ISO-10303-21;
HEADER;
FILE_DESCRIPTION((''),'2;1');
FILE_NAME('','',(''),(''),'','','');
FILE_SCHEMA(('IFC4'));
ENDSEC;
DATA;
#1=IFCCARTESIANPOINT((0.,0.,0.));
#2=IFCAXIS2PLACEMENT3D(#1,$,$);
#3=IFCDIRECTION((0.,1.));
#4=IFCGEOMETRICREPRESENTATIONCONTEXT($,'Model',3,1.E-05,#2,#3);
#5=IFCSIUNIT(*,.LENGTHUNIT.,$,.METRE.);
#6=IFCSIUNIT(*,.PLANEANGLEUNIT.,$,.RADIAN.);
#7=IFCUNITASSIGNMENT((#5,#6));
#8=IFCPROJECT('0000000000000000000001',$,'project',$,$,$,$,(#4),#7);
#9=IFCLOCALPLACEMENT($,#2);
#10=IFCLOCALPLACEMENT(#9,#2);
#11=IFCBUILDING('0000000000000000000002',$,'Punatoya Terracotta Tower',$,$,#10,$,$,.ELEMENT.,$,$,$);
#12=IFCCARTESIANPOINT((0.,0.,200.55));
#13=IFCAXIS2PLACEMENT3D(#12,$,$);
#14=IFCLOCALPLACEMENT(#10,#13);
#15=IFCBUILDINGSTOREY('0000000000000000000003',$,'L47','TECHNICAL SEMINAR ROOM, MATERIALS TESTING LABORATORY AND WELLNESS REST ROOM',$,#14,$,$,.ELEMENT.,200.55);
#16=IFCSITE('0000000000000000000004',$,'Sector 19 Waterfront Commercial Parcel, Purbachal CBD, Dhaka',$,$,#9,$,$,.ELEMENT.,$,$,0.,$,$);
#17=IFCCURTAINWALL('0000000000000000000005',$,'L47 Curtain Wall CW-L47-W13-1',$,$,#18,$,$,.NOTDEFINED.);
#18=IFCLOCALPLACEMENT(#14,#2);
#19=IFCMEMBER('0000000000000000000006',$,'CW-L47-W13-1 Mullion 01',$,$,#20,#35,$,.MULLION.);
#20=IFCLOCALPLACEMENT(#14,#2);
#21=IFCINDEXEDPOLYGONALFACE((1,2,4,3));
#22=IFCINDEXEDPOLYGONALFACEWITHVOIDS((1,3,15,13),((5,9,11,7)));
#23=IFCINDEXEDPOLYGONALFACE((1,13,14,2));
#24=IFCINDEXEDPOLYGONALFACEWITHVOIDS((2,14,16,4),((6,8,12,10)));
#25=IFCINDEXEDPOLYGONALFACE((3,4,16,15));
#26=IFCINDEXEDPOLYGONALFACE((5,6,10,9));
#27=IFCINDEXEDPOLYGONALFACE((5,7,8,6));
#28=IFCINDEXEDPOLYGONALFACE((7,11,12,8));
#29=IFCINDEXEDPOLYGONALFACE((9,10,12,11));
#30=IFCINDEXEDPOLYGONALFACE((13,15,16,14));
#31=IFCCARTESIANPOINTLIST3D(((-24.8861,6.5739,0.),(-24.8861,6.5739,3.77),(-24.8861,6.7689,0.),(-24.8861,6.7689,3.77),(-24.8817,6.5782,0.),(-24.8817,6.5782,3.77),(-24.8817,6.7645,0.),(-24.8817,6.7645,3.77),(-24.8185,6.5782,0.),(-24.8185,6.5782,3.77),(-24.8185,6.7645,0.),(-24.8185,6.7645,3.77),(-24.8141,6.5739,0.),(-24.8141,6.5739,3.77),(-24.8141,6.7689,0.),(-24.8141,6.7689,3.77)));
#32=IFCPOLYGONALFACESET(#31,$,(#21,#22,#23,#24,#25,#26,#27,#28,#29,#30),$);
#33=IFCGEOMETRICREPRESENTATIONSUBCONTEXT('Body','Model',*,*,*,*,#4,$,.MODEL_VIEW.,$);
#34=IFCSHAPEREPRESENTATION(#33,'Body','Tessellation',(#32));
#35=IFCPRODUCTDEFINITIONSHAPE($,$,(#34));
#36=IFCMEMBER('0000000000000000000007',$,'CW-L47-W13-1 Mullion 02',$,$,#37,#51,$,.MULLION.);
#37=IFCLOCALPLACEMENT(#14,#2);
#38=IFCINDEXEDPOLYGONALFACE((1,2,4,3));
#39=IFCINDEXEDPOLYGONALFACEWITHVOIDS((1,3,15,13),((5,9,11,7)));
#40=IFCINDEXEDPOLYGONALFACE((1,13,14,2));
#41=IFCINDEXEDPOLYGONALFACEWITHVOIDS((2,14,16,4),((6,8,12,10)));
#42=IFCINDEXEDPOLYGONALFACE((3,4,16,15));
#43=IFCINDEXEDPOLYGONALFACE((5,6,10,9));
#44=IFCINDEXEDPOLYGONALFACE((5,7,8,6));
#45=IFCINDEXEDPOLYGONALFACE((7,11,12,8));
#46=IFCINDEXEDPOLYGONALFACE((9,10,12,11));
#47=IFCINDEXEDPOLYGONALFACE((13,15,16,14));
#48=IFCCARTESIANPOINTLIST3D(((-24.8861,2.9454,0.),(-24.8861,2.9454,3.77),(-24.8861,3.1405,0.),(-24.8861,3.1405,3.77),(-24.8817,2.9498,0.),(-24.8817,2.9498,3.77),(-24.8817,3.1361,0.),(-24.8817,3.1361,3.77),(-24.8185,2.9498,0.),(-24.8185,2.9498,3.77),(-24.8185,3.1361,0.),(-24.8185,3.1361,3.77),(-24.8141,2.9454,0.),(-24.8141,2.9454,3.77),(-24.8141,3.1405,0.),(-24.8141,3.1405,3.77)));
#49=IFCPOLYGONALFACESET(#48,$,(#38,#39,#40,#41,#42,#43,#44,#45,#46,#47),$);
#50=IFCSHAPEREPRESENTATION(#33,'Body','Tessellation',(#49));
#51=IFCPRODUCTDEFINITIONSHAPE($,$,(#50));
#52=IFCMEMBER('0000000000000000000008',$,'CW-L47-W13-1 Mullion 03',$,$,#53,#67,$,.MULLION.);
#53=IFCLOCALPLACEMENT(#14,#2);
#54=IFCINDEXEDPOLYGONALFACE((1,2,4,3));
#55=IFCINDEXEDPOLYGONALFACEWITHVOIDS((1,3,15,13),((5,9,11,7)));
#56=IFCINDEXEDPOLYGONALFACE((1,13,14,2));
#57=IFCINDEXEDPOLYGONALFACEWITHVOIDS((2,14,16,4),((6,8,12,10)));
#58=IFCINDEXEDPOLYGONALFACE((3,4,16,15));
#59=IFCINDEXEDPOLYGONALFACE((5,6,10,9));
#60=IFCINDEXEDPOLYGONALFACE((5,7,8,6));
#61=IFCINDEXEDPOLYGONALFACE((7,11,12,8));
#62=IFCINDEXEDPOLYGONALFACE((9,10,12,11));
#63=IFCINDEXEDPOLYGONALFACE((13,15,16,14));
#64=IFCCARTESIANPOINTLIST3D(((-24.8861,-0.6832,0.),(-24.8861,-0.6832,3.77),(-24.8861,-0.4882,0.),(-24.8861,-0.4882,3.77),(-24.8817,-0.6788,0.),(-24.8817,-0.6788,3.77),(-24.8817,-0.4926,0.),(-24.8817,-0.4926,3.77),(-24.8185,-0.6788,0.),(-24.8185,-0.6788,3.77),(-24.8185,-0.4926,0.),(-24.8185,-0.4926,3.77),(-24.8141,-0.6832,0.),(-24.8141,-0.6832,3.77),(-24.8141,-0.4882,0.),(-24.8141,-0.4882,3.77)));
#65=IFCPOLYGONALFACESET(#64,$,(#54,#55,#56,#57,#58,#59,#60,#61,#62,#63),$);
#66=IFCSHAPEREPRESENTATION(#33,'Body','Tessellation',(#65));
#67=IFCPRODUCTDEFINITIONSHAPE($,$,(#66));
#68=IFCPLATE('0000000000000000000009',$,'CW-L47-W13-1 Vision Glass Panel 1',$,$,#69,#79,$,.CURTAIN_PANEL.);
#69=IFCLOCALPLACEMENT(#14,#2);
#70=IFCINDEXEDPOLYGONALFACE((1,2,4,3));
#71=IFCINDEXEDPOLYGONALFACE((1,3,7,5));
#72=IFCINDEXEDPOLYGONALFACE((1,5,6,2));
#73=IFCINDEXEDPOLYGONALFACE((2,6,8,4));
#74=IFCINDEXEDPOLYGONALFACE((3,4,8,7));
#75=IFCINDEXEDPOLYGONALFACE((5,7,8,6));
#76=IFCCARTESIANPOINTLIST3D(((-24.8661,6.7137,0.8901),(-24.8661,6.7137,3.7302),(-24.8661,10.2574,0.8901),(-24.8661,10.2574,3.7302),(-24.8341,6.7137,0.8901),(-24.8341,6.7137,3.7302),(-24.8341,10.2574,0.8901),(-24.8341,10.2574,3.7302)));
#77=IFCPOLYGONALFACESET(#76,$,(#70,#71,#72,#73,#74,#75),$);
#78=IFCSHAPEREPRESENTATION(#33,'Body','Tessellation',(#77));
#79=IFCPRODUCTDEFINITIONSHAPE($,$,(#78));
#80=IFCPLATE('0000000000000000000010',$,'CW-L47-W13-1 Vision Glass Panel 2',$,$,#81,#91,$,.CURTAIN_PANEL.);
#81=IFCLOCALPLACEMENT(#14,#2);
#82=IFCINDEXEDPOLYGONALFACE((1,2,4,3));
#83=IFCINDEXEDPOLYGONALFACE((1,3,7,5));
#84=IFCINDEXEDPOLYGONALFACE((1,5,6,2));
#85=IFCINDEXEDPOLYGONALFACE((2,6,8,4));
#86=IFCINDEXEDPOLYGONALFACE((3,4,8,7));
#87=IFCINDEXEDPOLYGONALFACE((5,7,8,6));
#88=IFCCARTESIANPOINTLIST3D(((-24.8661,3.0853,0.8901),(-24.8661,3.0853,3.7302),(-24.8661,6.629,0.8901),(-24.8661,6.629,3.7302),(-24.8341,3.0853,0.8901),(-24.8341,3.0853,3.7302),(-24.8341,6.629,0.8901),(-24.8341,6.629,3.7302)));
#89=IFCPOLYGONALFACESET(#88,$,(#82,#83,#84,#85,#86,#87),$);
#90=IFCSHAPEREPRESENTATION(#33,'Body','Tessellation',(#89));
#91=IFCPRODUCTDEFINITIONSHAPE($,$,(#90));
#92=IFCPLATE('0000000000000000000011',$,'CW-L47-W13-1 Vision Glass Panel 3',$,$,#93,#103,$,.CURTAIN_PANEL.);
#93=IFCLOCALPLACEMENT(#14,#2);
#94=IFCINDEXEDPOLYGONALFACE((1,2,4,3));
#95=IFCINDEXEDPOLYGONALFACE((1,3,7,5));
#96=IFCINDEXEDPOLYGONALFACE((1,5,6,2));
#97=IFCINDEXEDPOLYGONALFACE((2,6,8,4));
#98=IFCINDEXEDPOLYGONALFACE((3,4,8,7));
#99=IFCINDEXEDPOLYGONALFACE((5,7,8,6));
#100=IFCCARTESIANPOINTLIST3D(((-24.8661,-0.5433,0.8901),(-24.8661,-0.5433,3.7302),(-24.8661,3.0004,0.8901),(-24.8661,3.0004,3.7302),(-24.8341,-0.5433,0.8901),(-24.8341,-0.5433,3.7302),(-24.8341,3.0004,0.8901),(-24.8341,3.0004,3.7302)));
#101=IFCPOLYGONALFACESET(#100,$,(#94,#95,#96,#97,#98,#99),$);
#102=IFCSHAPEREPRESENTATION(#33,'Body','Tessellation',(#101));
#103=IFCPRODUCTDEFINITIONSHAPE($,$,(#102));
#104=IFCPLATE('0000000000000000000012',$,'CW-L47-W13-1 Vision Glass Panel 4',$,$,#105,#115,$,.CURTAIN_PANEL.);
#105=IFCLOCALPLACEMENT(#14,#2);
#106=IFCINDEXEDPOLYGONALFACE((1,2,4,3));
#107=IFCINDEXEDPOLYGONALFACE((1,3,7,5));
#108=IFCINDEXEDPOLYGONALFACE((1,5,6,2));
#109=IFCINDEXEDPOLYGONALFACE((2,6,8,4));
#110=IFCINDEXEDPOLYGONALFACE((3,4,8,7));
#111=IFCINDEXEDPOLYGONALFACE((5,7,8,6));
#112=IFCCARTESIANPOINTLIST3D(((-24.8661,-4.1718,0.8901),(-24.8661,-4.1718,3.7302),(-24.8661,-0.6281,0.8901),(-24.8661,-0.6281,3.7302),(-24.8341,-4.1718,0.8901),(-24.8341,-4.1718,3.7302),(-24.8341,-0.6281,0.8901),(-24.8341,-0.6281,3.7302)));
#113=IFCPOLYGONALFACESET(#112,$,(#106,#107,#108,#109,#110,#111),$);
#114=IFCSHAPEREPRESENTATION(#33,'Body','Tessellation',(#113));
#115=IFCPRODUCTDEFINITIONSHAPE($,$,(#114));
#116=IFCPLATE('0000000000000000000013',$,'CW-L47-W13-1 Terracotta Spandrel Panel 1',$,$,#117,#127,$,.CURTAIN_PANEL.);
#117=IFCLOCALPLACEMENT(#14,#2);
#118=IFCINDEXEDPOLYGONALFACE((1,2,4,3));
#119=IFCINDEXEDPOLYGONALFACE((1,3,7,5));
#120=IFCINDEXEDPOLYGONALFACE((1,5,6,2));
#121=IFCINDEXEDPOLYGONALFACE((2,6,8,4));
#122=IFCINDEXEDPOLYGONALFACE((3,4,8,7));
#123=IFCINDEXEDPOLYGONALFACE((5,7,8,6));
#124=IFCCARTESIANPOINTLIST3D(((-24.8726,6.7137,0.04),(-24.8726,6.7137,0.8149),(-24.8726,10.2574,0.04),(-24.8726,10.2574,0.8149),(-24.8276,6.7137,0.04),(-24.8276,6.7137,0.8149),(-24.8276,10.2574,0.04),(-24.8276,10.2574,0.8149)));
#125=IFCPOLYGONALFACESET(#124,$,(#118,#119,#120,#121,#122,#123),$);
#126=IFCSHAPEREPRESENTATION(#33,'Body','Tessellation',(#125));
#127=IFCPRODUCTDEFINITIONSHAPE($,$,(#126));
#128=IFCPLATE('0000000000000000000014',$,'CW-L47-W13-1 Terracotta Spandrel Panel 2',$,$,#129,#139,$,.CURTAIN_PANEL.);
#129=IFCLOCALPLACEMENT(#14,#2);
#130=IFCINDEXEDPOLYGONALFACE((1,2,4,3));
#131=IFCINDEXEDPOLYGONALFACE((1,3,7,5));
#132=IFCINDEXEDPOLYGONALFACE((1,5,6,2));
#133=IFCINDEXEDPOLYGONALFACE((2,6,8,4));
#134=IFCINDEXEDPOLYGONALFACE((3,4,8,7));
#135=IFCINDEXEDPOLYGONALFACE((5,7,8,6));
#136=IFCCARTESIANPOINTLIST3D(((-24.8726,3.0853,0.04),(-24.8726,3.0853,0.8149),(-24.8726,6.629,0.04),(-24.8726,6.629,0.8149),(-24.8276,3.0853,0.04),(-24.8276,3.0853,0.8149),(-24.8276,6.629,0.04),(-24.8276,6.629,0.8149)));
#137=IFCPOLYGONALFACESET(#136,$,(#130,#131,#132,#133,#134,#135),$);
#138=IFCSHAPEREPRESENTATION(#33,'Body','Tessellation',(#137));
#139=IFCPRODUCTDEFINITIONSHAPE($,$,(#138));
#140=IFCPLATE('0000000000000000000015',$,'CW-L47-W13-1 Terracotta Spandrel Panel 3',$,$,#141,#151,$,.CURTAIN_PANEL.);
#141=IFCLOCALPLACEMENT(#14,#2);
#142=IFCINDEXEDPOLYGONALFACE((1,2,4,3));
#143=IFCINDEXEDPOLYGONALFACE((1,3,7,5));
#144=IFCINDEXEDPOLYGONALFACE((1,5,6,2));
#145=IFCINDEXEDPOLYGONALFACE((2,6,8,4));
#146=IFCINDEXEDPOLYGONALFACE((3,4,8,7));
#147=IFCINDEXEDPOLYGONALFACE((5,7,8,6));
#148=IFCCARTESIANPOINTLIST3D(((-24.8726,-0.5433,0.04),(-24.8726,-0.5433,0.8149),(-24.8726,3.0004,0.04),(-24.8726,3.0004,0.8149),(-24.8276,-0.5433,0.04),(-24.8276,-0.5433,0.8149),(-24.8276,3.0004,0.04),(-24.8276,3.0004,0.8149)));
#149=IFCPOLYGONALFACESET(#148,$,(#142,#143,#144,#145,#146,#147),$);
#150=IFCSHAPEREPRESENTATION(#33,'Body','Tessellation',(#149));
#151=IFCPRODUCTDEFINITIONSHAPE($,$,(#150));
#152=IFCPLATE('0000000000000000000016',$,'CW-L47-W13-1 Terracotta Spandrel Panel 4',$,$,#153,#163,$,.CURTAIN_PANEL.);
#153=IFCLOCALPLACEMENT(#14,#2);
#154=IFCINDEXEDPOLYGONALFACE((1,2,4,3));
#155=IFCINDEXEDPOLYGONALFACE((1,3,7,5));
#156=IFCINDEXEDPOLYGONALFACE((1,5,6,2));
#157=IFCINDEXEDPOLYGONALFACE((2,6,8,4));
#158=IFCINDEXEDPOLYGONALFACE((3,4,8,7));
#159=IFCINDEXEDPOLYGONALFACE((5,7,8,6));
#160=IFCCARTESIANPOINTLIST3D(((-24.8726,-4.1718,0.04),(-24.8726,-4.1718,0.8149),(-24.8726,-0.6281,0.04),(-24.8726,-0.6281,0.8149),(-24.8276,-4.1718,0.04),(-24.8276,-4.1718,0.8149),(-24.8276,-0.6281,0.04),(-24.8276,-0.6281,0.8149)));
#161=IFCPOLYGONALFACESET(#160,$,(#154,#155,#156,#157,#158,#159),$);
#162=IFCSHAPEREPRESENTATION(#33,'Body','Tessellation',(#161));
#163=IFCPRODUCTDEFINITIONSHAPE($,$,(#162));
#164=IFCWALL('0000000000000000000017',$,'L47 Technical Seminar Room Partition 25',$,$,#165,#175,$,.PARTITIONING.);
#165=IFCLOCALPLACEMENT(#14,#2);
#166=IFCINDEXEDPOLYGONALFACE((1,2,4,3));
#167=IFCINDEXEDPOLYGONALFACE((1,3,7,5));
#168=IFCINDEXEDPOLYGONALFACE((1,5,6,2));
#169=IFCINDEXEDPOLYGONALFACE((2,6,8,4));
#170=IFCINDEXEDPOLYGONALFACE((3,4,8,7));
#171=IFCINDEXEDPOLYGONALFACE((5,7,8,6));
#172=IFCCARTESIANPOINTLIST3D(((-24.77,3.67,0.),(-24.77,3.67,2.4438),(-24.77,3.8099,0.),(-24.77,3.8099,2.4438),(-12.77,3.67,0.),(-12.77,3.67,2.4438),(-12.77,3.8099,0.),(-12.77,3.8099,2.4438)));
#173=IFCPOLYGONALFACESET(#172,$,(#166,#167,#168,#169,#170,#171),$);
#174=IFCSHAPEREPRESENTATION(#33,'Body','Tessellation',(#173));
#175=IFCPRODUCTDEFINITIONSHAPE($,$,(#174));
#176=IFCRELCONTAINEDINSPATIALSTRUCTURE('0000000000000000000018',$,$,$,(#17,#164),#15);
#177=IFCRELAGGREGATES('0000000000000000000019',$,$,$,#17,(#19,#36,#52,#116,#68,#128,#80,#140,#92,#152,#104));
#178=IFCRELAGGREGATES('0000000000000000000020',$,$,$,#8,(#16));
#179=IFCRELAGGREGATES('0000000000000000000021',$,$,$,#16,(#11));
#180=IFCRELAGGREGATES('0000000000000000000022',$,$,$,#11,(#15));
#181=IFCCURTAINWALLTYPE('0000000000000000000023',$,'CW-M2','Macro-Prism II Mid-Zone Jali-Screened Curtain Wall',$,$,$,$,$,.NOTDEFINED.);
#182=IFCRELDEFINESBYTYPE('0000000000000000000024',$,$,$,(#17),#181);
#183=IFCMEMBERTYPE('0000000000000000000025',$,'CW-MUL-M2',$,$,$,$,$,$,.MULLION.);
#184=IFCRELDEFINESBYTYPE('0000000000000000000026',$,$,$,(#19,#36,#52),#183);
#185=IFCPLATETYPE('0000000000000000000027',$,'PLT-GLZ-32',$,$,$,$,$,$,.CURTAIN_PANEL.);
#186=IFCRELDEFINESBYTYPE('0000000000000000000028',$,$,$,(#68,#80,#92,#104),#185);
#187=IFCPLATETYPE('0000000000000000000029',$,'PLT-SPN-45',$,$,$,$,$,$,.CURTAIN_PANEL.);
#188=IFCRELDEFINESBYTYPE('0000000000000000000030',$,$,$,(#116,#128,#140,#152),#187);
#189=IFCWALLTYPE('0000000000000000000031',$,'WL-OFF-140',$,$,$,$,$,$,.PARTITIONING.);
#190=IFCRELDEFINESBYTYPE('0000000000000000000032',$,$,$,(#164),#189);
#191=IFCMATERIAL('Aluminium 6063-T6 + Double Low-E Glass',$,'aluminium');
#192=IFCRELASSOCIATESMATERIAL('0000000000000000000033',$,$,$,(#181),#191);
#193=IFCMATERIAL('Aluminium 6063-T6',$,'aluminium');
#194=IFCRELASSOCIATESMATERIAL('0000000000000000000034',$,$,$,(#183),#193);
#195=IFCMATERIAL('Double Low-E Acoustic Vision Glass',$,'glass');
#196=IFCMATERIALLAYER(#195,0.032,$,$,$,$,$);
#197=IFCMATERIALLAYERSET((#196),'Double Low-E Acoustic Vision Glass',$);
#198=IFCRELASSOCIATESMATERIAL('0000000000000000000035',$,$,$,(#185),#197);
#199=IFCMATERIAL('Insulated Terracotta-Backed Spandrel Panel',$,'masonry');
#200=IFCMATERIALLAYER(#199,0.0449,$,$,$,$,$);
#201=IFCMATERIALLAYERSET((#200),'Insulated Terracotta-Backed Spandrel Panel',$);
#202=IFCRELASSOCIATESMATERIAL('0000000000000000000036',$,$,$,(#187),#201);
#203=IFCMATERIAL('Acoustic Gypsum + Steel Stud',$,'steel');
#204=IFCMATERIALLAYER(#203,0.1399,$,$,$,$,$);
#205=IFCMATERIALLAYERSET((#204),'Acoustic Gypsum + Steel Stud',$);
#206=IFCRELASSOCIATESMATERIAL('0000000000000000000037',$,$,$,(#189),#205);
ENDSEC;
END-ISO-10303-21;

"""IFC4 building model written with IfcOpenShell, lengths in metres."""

from ifc_helpers import new_model, si_unit, direction, frame, frame_2d, origin, origin_2d, place, context, subcontext, project, spatial, rectangle, hollow_rectangle, extrude, material, layer, layer_set, material_profile, profile_set, type_object, element, aggregate, save


model = new_model("IFC4")

# Units and contexts
model_context = context("Model", 3, precision=1e-05, world=origin(), true_north=direction((0.0, 1.0)))
body_context = subcontext(model_context, "Body", "Model", "MODEL_VIEW")
ifc_project = project(units=[si_unit("LENGTHUNIT", "METRE"), si_unit("PLANEANGLEUNIT", "RADIAN")], contexts=[model_context])

# Site, building, storey
site_placement = place(None, origin())
site = spatial("IfcSite", under=ifc_project, at=site_placement, Name="Sector 19 Waterfront Commercial Parcel, Purbachal CBD, Dhaka", CompositionType="ELEMENT", RefElevation=0.0)
building_placement = place(site_placement, origin())
building = spatial("IfcBuilding", under=site, at=building_placement, Name="Punatoya Terracotta Tower", CompositionType="ELEMENT")
storey_placement = place(building_placement, frame((0.0, 0.0, 200.55)))
storey = spatial("IfcBuildingStorey", under=building, at=storey_placement, Name="L47", Description="TECHNICAL SEMINAR ROOM, MATERIALS TESTING LABORATORY AND WELLNESS REST ROOM", CompositionType="ELEMENT", Elevation=200.55)

# Curtain wall, members, plates
ifc_material_1 = material(Name="Aluminium 6063-T6 + Double Low-E Glass", Category="aluminium")
curtain_wall_type = type_object("IfcCurtainWallType", Name="CW-M2", Description="Macro-Prism II Mid-Zone Jali-Screened Curtain Wall", PredefinedType="NOTDEFINED", material=ifc_material_1)
curtain_wall_placement = place(storey_placement, origin())
curtain_wall = element("IfcCurtainWall", 1, at=curtain_wall_placement, inside=storey, type_object=curtain_wall_type, Name="L47 Curtain Wall CW-L47-W13-1", PredefinedType="NOTDEFINED")
ifc_material_2 = material(Name="Aluminium 6063-T6", Category="aluminium")
ifc_material_profile_1 = material_profile(ifc_material_2, hollow_rectangle(XDim=0.072, YDim=0.1951, WallThickness=0.0044, at=origin_2d()))
ifc_profile_set_1 = profile_set([ifc_material_profile_1], Name="Aluminium 6063-T6")
member_type = type_object("IfcMemberType", Name="CW-MUL-M2", PredefinedType="MULLION", material=ifc_profile_set_1)
member_1_placement = place(storey_placement, frame((-24.8501, 6.6714, 0.0), z_axis=(0.0, 0.0, 1.0), x_axis=(1.0, 0.0, 0.0)))
member_1 = element("IfcMember", 2, at=member_1_placement, type_object=member_type, Name="CW-L47-W13-1 Mullion 01", PredefinedType="MULLION", context=body_context, shape_type="SweptSolid", body=[
    extrude(hollow_rectangle(XDim=0.072, YDim=0.1951, WallThickness=0.0044, at=origin_2d()), origin(), (0.0, 0.0, 1.0), 3.77),
])
member_2_placement = place(storey_placement, frame((-24.8501, 3.043, 0.0), z_axis=(0.0, 0.0, 1.0), x_axis=(1.0, 0.0, 0.0)))
member_2 = element("IfcMember", 3, at=member_2_placement, type_object=member_type, Name="CW-L47-W13-1 Mullion 02", PredefinedType="MULLION", context=body_context, shape_type="SweptSolid", body=[
    extrude(hollow_rectangle(XDim=0.072, YDim=0.1951, WallThickness=0.0044, at=origin_2d()), origin(), (0.0, 0.0, 1.0), 3.77),
])
member_3_placement = place(storey_placement, frame((-24.8501, -0.5857, 0.0), z_axis=(0.0, 0.0, 1.0), x_axis=(1.0, 0.0, 0.0)))
member_3 = element("IfcMember", 4, at=member_3_placement, type_object=member_type, Name="CW-L47-W13-1 Mullion 03", PredefinedType="MULLION", context=body_context, shape_type="SweptSolid", body=[
    extrude(hollow_rectangle(XDim=0.072, YDim=0.1951, WallThickness=0.0044, at=origin_2d()), origin(), (0.0, 0.0, 1.0), 3.77),
])
ifc_material_3 = material(Name="Double Low-E Acoustic Vision Glass", Category="glass")
ifc_layer_1 = layer(ifc_material_3, 0.032)
ifc_layer_set_1 = layer_set([ifc_layer_1], Name="Double Low-E Acoustic Vision Glass")
plate_type_1 = type_object("IfcPlateType", Name="PLT-GLZ-32", PredefinedType="CURTAIN_PANEL", material=ifc_layer_set_1)
plate_1_placement = place(storey_placement, frame((-24.8501, 8.4856, 0.8901), z_axis=(0.0, 0.0, 1.0), x_axis=(0.0, -1.0, 0.0)))
plate_1 = element("IfcPlate", 5, at=plate_1_placement, type_object=plate_type_1, Name="CW-L47-W13-1 Vision Glass Panel 1", PredefinedType="CURTAIN_PANEL", context=body_context, shape_type="SweptSolid", body=[
    extrude(rectangle(XDim=3.5437, YDim=0.032, at=origin_2d()), origin(), (0.0, 0.0, 1.0), 2.8401),
])
plate_2_placement = place(storey_placement, frame((-24.8501, 4.8572, 0.8901), z_axis=(0.0, 0.0, 1.0), x_axis=(0.0, -1.0, 0.0)))
plate_2 = element("IfcPlate", 6, at=plate_2_placement, type_object=plate_type_1, Name="CW-L47-W13-1 Vision Glass Panel 2", PredefinedType="CURTAIN_PANEL", context=body_context, shape_type="SweptSolid", body=[
    extrude(rectangle(XDim=3.5437, YDim=0.032, at=origin_2d()), origin(), (0.0, 0.0, 1.0), 2.8401),
])
plate_3_placement = place(storey_placement, frame((-24.8501, 1.2285, 0.8901), z_axis=(0.0, 0.0, 1.0), x_axis=(0.0, -1.0, 0.0)))
plate_3 = element("IfcPlate", 7, at=plate_3_placement, type_object=plate_type_1, Name="CW-L47-W13-1 Vision Glass Panel 3", PredefinedType="CURTAIN_PANEL", context=body_context, shape_type="SweptSolid", body=[
    extrude(rectangle(XDim=3.5437, YDim=0.032, at=origin_2d()), origin(), (0.0, 0.0, 1.0), 2.8401),
])
plate_4_placement = place(storey_placement, frame((-24.8501, -2.3999, 0.8901), z_axis=(0.0, 0.0, 1.0), x_axis=(0.0, -1.0, 0.0)))
plate_4 = element("IfcPlate", 8, at=plate_4_placement, type_object=plate_type_1, Name="CW-L47-W13-1 Vision Glass Panel 4", PredefinedType="CURTAIN_PANEL", context=body_context, shape_type="SweptSolid", body=[
    extrude(rectangle(XDim=3.5437, YDim=0.032, at=origin_2d()), origin(), (0.0, 0.0, 1.0), 2.8401),
])
ifc_material_4 = material(Name="Insulated Terracotta-Backed Spandrel Panel", Category="masonry")
ifc_layer_2 = layer(ifc_material_4, 0.0449)
ifc_layer_set_2 = layer_set([ifc_layer_2], Name="Insulated Terracotta-Backed Spandrel Panel")
plate_type_2 = type_object("IfcPlateType", Name="PLT-SPN-45", PredefinedType="CURTAIN_PANEL", material=ifc_layer_set_2)
plate_5_placement = place(storey_placement, frame((-24.8501, 8.4856, 0.04), z_axis=(0.0, 0.0, 1.0), x_axis=(0.0, -1.0, 0.0)))
plate_5 = element("IfcPlate", 9, at=plate_5_placement, type_object=plate_type_2, Name="CW-L47-W13-1 Terracotta Spandrel Panel 1", PredefinedType="CURTAIN_PANEL", context=body_context, shape_type="SweptSolid", body=[
    extrude(rectangle(XDim=3.5437, YDim=0.0449, at=origin_2d()), origin(), (0.0, 0.0, 1.0), 0.7749),
])
plate_6_placement = place(storey_placement, frame((-24.8501, 4.8572, 0.04), z_axis=(0.0, 0.0, 1.0), x_axis=(0.0, -1.0, 0.0)))
plate_6 = element("IfcPlate", 10, at=plate_6_placement, type_object=plate_type_2, Name="CW-L47-W13-1 Terracotta Spandrel Panel 2", PredefinedType="CURTAIN_PANEL", context=body_context, shape_type="SweptSolid", body=[
    extrude(rectangle(XDim=3.5437, YDim=0.0449, at=origin_2d()), origin(), (0.0, 0.0, 1.0), 0.7749),
])
plate_7_placement = place(storey_placement, frame((-24.8501, 1.2285, 0.04), z_axis=(0.0, 0.0, 1.0), x_axis=(0.0, -1.0, 0.0)))
plate_7 = element("IfcPlate", 11, at=plate_7_placement, type_object=plate_type_2, Name="CW-L47-W13-1 Terracotta Spandrel Panel 3", PredefinedType="CURTAIN_PANEL", context=body_context, shape_type="SweptSolid", body=[
    extrude(rectangle(XDim=3.5437, YDim=0.0449, at=origin_2d()), origin(), (0.0, 0.0, 1.0), 0.7749),
])
plate_8_placement = place(storey_placement, frame((-24.8501, -2.3999, 0.04), z_axis=(0.0, 0.0, 1.0), x_axis=(0.0, -1.0, 0.0)))
plate_8 = element("IfcPlate", 12, at=plate_8_placement, type_object=plate_type_2, Name="CW-L47-W13-1 Terracotta Spandrel Panel 4", PredefinedType="CURTAIN_PANEL", context=body_context, shape_type="SweptSolid", body=[
    extrude(rectangle(XDim=3.5437, YDim=0.0449, at=origin_2d()), origin(), (0.0, 0.0, 1.0), 0.7749),
])
aggregate(curtain_wall, [member_1, member_2, member_3, plate_5, plate_1, plate_6, plate_2, plate_7, plate_3, plate_8, plate_4])

# Wall
ifc_material_5 = material(Name="Acoustic Gypsum + Steel Stud", Category="steel")
ifc_layer_3 = layer(ifc_material_5, 0.1399)
ifc_layer_set_3 = layer_set([ifc_layer_3], Name="Acoustic Gypsum + Steel Stud")
wall_type = type_object("IfcWallType", Name="WL-OFF-140", PredefinedType="PARTITIONING", material=ifc_layer_set_3)
wall_placement = place(storey_placement, frame((-24.77, 3.74, 0.0), z_axis=(0.0, 0.0, 1.0), x_axis=(1.0, 0.0, 0.0)))
element("IfcWall", 13, at=wall_placement, inside=storey, type_object=wall_type, Name="L47 Technical Seminar Room Partition 25", PredefinedType="PARTITIONING", context=body_context, shape_type="SweptSolid", body=[
    extrude(rectangle(XDim=12.0, YDim=0.1399, at=frame_2d((6.0, 0.0))), origin(), (0.0, 0.0, 1.0), 2.4438),
])

save(model, "model.ifc")
